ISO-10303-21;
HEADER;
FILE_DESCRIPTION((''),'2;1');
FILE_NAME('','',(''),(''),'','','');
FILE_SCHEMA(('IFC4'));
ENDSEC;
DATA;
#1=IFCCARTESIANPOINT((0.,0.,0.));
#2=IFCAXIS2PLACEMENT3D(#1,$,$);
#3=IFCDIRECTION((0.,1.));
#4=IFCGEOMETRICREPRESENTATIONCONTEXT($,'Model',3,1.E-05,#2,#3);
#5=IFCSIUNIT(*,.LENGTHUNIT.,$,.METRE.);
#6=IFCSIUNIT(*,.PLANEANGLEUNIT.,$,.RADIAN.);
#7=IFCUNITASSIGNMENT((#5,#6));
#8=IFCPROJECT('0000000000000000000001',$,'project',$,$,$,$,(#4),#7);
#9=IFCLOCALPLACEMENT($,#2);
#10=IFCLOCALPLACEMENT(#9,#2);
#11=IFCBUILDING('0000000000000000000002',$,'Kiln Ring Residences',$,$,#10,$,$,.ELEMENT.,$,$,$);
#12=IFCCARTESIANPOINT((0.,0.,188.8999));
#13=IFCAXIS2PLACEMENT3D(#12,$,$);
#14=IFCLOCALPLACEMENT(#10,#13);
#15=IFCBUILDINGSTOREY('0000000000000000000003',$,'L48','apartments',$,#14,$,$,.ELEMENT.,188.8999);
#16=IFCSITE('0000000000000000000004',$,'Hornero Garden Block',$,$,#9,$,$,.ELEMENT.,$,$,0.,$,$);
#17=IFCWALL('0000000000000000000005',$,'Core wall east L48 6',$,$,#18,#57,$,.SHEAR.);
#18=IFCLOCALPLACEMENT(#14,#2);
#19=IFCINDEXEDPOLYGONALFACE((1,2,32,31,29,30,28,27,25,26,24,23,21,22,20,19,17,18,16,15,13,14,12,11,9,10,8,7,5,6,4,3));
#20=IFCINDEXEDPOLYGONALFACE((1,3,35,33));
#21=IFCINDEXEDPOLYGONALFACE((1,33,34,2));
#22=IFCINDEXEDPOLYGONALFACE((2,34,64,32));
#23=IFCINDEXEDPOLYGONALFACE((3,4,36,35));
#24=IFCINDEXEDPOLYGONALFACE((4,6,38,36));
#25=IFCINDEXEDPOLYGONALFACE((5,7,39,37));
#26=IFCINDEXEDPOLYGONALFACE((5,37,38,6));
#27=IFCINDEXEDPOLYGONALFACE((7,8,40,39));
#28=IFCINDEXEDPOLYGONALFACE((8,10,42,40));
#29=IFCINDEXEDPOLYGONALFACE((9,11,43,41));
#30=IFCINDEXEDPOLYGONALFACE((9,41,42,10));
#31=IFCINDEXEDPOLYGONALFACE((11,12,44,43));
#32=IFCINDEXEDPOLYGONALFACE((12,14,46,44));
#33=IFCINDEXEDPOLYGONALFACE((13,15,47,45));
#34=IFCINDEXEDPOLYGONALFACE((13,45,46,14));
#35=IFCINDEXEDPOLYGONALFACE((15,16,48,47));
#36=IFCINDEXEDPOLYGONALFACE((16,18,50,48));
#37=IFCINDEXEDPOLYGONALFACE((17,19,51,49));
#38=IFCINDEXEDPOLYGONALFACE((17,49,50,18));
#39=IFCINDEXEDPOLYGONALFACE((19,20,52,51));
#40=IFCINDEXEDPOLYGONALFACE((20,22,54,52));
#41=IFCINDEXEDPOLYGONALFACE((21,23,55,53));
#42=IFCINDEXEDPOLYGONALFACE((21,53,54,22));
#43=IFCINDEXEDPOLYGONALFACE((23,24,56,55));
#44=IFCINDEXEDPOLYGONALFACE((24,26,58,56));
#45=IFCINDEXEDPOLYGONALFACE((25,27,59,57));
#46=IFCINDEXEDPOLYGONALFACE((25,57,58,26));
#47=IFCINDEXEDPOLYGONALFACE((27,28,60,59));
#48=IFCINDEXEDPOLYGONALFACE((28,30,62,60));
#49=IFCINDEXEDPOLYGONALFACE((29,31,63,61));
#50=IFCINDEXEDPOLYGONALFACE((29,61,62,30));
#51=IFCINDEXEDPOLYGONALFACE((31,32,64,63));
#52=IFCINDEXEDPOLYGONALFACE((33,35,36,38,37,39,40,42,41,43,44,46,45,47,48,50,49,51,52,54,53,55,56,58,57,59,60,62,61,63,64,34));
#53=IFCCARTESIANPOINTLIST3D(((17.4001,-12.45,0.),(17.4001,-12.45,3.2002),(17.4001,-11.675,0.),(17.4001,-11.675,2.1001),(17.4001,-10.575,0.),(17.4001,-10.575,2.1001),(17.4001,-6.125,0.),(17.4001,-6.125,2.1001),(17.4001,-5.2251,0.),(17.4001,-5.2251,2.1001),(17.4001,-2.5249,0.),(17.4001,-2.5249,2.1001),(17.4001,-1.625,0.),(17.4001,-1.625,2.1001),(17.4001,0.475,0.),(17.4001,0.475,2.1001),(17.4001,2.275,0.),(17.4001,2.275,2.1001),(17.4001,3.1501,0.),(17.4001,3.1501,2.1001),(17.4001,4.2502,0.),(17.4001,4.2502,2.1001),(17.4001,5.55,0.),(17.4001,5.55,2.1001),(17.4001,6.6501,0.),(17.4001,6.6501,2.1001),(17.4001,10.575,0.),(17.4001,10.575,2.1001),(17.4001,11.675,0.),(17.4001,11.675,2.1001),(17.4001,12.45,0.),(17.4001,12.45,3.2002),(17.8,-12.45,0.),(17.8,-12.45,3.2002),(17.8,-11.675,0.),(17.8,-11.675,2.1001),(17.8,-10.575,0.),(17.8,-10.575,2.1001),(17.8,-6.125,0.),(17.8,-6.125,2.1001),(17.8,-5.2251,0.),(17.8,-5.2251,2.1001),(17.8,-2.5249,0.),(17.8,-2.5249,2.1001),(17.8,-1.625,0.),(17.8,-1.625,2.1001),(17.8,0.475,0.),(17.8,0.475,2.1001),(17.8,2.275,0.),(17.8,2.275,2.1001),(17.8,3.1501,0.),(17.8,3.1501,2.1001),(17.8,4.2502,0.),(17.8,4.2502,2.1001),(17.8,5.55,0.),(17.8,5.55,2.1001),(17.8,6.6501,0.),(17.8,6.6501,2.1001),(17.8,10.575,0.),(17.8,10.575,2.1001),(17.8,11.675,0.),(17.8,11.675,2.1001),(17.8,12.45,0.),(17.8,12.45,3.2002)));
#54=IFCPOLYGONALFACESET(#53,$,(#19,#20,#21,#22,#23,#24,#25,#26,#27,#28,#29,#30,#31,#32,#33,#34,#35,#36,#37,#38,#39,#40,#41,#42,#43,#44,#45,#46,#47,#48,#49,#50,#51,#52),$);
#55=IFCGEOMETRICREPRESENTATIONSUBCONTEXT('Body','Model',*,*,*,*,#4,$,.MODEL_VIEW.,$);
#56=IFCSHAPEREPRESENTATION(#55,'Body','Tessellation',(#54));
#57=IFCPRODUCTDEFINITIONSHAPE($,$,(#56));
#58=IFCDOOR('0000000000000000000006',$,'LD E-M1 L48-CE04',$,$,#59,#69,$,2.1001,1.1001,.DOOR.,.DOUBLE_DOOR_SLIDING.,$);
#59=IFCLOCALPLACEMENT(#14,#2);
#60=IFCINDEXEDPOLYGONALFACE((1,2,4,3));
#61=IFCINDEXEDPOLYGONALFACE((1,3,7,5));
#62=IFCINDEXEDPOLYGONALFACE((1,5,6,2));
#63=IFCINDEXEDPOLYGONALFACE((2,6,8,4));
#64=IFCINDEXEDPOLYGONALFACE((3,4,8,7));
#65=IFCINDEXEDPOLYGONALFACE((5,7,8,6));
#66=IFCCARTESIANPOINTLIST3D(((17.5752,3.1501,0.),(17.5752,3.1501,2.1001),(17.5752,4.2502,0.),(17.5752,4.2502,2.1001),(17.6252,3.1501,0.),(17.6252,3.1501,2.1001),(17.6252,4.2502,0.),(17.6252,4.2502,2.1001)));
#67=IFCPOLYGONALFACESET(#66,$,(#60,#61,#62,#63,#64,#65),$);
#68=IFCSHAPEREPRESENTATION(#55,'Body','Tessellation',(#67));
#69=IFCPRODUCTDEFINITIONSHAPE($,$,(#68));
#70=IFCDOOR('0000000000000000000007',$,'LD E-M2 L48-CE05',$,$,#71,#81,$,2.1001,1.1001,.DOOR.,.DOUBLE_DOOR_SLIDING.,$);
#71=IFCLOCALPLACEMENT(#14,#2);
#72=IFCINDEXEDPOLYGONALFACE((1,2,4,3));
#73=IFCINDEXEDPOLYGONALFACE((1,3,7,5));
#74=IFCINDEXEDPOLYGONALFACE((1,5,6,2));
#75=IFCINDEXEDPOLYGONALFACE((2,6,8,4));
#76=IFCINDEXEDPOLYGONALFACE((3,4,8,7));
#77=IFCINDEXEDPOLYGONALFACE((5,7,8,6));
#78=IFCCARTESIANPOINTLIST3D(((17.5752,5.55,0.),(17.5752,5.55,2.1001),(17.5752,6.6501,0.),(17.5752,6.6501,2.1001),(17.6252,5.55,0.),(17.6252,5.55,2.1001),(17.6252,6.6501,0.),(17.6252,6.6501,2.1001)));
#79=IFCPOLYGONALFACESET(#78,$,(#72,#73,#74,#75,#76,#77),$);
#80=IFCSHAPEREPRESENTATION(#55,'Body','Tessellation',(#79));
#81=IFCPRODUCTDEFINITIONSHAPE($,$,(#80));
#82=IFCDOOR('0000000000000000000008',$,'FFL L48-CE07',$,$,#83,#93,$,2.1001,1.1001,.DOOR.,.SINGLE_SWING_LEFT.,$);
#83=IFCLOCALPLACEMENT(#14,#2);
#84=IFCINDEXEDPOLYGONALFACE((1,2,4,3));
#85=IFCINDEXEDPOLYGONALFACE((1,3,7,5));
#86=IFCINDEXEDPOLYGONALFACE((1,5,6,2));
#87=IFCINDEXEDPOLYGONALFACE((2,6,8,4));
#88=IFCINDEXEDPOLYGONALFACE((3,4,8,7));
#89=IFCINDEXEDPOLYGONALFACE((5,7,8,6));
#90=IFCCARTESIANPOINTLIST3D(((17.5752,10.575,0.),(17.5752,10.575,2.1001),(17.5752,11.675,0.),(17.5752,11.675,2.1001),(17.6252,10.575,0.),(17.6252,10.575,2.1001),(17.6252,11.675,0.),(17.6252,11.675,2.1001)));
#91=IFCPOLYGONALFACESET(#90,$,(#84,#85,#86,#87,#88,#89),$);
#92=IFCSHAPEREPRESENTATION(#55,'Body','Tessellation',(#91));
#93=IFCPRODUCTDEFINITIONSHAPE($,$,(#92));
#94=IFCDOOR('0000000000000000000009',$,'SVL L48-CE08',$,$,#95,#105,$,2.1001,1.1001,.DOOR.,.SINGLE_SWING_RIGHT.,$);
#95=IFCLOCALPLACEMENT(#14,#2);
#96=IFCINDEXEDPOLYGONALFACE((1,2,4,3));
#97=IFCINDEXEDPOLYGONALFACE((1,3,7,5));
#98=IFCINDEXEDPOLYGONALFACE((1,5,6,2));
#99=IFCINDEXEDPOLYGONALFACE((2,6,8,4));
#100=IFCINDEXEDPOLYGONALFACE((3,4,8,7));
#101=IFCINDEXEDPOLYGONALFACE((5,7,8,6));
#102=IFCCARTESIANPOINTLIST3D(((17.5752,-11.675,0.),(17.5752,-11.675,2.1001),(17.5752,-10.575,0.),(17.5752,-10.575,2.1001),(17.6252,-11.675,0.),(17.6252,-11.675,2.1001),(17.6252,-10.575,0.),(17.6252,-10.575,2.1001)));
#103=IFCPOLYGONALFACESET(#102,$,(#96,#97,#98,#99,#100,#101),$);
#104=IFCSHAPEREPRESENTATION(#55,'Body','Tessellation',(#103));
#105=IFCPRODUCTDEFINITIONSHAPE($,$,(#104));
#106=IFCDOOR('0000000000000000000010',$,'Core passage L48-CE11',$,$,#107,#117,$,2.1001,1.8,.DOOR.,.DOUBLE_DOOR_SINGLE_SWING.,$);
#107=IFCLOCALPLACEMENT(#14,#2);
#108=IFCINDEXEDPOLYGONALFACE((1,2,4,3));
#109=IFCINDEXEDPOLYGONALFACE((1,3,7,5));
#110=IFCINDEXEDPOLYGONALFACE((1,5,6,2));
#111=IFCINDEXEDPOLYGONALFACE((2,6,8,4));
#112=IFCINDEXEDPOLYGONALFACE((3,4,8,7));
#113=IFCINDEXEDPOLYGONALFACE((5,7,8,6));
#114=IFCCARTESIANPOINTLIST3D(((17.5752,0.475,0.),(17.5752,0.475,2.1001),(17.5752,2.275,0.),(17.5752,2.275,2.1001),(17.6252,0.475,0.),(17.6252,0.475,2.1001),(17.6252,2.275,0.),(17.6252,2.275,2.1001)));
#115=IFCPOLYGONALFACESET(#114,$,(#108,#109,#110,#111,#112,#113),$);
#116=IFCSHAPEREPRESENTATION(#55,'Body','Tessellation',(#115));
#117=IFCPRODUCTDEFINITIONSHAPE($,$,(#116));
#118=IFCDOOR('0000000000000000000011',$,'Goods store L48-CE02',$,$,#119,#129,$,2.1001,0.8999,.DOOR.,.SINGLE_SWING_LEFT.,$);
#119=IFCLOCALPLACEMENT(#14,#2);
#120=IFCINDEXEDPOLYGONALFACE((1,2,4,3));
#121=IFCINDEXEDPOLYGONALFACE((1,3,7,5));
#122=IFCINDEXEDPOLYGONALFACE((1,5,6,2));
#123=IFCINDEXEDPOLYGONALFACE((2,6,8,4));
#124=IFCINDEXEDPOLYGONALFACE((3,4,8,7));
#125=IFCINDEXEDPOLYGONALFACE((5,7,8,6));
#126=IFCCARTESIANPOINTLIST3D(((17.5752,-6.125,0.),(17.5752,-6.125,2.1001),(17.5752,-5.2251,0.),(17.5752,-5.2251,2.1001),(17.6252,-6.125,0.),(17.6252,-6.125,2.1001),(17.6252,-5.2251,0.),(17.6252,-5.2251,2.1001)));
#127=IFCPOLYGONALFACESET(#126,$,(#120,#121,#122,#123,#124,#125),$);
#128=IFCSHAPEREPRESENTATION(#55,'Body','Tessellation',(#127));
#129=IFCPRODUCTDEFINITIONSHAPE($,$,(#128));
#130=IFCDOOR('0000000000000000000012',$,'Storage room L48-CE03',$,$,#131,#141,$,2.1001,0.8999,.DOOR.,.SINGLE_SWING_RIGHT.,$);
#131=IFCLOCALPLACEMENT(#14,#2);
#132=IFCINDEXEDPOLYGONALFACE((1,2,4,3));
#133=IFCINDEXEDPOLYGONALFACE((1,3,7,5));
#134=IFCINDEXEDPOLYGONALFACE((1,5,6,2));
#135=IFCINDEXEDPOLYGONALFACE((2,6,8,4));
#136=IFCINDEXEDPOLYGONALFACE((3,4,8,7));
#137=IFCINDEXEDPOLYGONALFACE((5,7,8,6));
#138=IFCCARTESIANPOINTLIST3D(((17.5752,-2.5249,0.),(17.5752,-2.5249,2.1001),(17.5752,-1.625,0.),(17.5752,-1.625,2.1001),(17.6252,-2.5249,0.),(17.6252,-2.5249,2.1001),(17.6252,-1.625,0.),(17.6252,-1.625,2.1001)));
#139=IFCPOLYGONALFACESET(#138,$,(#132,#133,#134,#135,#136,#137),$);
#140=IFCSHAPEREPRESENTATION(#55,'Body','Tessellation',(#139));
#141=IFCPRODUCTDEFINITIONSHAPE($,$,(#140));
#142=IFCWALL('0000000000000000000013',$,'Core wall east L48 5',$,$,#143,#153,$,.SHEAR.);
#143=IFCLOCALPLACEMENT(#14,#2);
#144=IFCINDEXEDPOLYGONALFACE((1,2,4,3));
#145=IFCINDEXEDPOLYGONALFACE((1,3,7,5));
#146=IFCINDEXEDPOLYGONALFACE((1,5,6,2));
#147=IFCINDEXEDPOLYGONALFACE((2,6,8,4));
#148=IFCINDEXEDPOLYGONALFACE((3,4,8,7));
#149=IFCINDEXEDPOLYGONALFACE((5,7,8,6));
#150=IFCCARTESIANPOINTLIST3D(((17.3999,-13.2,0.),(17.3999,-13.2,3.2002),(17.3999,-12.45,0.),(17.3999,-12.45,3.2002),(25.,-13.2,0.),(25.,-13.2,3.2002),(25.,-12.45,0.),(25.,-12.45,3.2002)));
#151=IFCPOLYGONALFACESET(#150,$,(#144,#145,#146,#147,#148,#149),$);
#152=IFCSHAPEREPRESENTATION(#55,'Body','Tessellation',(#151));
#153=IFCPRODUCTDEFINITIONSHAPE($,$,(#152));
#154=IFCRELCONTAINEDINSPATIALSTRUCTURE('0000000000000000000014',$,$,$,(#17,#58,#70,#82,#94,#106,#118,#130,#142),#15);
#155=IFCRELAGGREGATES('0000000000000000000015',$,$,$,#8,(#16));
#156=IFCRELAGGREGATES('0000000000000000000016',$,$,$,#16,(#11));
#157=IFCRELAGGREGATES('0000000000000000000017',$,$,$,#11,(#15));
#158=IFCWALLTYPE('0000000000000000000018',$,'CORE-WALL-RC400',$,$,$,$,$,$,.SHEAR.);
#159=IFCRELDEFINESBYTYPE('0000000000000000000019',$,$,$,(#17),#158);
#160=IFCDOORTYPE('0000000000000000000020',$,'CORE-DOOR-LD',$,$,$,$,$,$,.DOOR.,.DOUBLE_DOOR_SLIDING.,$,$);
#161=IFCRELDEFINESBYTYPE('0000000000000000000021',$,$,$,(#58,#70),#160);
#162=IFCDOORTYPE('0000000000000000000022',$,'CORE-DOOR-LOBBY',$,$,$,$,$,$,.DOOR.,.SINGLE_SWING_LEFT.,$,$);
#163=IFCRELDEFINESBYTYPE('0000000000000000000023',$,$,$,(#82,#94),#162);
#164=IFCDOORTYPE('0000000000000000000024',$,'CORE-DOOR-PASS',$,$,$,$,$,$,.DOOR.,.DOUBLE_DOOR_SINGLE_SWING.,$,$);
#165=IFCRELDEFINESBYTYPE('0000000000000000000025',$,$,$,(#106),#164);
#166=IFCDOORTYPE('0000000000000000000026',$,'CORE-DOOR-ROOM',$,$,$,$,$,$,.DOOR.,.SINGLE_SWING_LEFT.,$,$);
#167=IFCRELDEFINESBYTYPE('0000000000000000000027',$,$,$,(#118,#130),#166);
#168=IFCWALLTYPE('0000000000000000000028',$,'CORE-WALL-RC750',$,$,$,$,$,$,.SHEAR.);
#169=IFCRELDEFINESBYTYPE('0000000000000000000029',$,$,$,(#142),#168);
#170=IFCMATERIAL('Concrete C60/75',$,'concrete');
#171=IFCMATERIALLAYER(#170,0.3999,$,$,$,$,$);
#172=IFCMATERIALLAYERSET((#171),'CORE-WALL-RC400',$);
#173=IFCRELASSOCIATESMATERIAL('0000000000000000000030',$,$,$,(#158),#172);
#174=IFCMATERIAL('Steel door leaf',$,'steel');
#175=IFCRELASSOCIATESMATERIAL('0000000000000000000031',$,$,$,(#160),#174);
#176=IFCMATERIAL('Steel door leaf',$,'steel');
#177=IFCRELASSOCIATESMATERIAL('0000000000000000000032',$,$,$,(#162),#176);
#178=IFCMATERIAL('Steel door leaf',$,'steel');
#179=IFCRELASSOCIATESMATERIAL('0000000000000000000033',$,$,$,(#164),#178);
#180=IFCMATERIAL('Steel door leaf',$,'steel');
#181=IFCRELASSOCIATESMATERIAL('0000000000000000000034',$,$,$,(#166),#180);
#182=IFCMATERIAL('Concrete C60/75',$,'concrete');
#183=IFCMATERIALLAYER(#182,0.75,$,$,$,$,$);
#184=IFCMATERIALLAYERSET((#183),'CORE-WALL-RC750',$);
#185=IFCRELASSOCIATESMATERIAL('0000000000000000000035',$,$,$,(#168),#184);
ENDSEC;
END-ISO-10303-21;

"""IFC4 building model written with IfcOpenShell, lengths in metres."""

from ifc_helpers import new_model, si_unit, direction, frame, frame_2d, origin, place, context, subcontext, project, spatial, rectangle, extrude, material, layer, layer_set, type_object, element, fill, save


model = new_model("IFC4")

# Units and contexts
model_context = context("Model", 3, precision=1e-05, world=origin(), true_north=direction((0.0, 1.0)))
body_context = subcontext(model_context, "Body", "Model", "MODEL_VIEW")
ifc_project = project(units=[si_unit("LENGTHUNIT", "METRE"), si_unit("PLANEANGLEUNIT", "RADIAN")], contexts=[model_context])

# Site, building, storey
site_placement = place(None, origin())
site = spatial("IfcSite", under=ifc_project, at=site_placement, Name="Hornero Garden Block", CompositionType="ELEMENT", RefElevation=0.0)
building_placement = place(site_placement, origin())
building = spatial("IfcBuilding", under=site, at=building_placement, Name="Kiln Ring Residences", CompositionType="ELEMENT")
storey_placement = place(building_placement, frame((0.0, 0.0, 188.8999)))
storey = spatial("IfcBuildingStorey", under=building, at=storey_placement, Name="L48", Description="apartments", CompositionType="ELEMENT", Elevation=188.8999)

# Wall, openings, doors
ifc_material_1 = material(Name="Concrete C60/75", Category="concrete")
ifc_layer_1 = layer(ifc_material_1, 0.3999)
ifc_layer_set_1 = layer_set([ifc_layer_1], Name="CORE-WALL-RC400")
wall_type_1 = type_object("IfcWallType", Name="CORE-WALL-RC400", PredefinedType="SHEAR", material=ifc_layer_set_1)
wall_1_placement = place(storey_placement, frame((17.6001, -12.45, 0.0), z_axis=(0.0, 0.0, 1.0), x_axis=(0.0, 1.0, 0.0)))
wall_1 = element("IfcWall", 1, at=wall_1_placement, inside=storey, type_object=wall_type_1, Name="Core wall east L48 6", PredefinedType="SHEAR", context=body_context, shape_type="SweptSolid", body=[
    extrude(rectangle(XDim=24.8999, YDim=0.3999, at=frame_2d((12.45, 0.0))), origin(), (0.0, 0.0, 1.0), 3.2002),
])
opening_1_placement = place(wall_1_placement, frame((6.325, 0.0, 0.0)))
opening_1 = element("IfcOpeningElement", 2, at=opening_1_placement, cuts=wall_1, PredefinedType="OPENING", context=body_context, shape_type="SweptSolid", body=[
    extrude(rectangle(XDim=0.8999, YDim=2.1001, at=frame_2d((0.45, 1.05))), frame((0.0, 0.21, 0.0), z_axis=(0.0, -1.0, 0.0), x_axis=(1.0, 0.0, 0.0)), (0.0, 0.0, 1.0), 0.4199),
])
opening_2_placement = place(wall_1_placement, frame((9.925, 0.0, 0.0)))
opening_2 = element("IfcOpeningElement", 3, at=opening_2_placement, cuts=wall_1, PredefinedType="OPENING", context=body_context, shape_type="SweptSolid", body=[
    extrude(rectangle(XDim=0.8999, YDim=2.1001, at=frame_2d((0.45, 1.05))), frame((0.0, 0.21, 0.0), z_axis=(0.0, -1.0, 0.0), x_axis=(1.0, 0.0, 0.0)), (0.0, 0.0, 1.0), 0.4199),
])
opening_3_placement = place(wall_1_placement, frame((15.6001, 0.0, 0.0)))
opening_3 = element("IfcOpeningElement", 4, at=opening_3_placement, cuts=wall_1, PredefinedType="OPENING", context=body_context, shape_type="SweptSolid", body=[
    extrude(rectangle(XDim=1.1001, YDim=2.1001, at=frame_2d((0.55, 1.05))), frame((0.0, 0.21, 0.0), z_axis=(0.0, -1.0, 0.0), x_axis=(1.0, 0.0, 0.0)), (0.0, 0.0, 1.0), 0.4199),
])
opening_4_placement = place(wall_1_placement, frame((18.0, 0.0, 0.0)))
opening_4 = element("IfcOpeningElement", 5, at=opening_4_placement, cuts=wall_1, PredefinedType="OPENING", context=body_context, shape_type="SweptSolid", body=[
    extrude(rectangle(XDim=1.1001, YDim=2.1001, at=frame_2d((0.55, 1.05))), frame((0.0, 0.21, 0.0), z_axis=(0.0, -1.0, 0.0), x_axis=(1.0, 0.0, 0.0)), (0.0, 0.0, 1.0), 0.4199),
])
opening_5_placement = place(wall_1_placement, frame((23.0249, 0.0, 0.0)))
opening_5 = element("IfcOpeningElement", 6, at=opening_5_placement, cuts=wall_1, PredefinedType="OPENING", context=body_context, shape_type="SweptSolid", body=[
    extrude(rectangle(XDim=1.1001, YDim=2.1001, at=frame_2d((0.55, 1.05))), frame((0.0, 0.21, 0.0), z_axis=(0.0, -1.0, 0.0), x_axis=(1.0, 0.0, 0.0)), (0.0, 0.0, 1.0), 0.4199),
])
opening_6_placement = place(wall_1_placement, frame((0.7749, 0.0, 0.0)))
opening_6 = element("IfcOpeningElement", 7, at=opening_6_placement, cuts=wall_1, PredefinedType="OPENING", context=body_context, shape_type="SweptSolid", body=[
    extrude(rectangle(XDim=1.1001, YDim=2.1001, at=frame_2d((0.55, 1.05))), frame((0.0, 0.21, 0.0), z_axis=(0.0, -1.0, 0.0), x_axis=(1.0, 0.0, 0.0)), (0.0, 0.0, 1.0), 0.4199),
])
opening_7_placement = place(wall_1_placement, frame((12.925, 0.0, 0.0)))
opening_7 = element("IfcOpeningElement", 8, at=opening_7_placement, cuts=wall_1, PredefinedType="OPENING", context=body_context, shape_type="SweptSolid", body=[
    extrude(rectangle(XDim=1.8, YDim=2.1001, at=frame_2d((0.8999, 1.05))), frame((0.0, 0.21, 0.0), z_axis=(0.0, -1.0, 0.0), x_axis=(1.0, 0.0, 0.0)), (0.0, 0.0, 1.0), 0.4199),
])
ifc_material_2 = material(Name="Steel door leaf", Category="steel")
door_type_1 = type_object("IfcDoorType", Name="CORE-DOOR-LD", OperationType="DOUBLE_DOOR_SLIDING", PredefinedType="DOOR", material=ifc_material_2)
door_1_placement = place(opening_3_placement, origin())
door_1 = element("IfcDoor", 9, at=door_1_placement, inside=storey, type_object=door_type_1, Name="LD E-M1 L48-CE04", OperationType="DOUBLE_DOOR_SLIDING", OverallHeight=2.1001, OverallWidth=1.1001, PredefinedType="DOOR", context=body_context, shape_type="SweptSolid", body=[
    extrude(rectangle(XDim=1.1001, YDim=2.1001, at=frame_2d((0.55, 1.05))), frame((0.0, 0.0249, 0.0), z_axis=(0.0, -1.0, 0.0), x_axis=(1.0, 0.0, 0.0)), (0.0, 0.0, 1.0), 0.05),
])
fill(opening_3, door_1)
door_2_placement = place(opening_4_placement, origin())
door_2 = element("IfcDoor", 10, at=door_2_placement, inside=storey, type_object=door_type_1, Name="LD E-M2 L48-CE05", OperationType="DOUBLE_DOOR_SLIDING", OverallHeight=2.1001, OverallWidth=1.1001, PredefinedType="DOOR", context=body_context, shape_type="SweptSolid", body=[
    extrude(rectangle(XDim=1.1001, YDim=2.1001, at=frame_2d((0.55, 1.05))), frame((0.0, 0.0249, 0.0), z_axis=(0.0, -1.0, 0.0), x_axis=(1.0, 0.0, 0.0)), (0.0, 0.0, 1.0), 0.05),
])
fill(opening_4, door_2)
ifc_material_3 = material(Name="Steel door leaf", Category="steel")
door_type_2 = type_object("IfcDoorType", Name="CORE-DOOR-LOBBY", OperationType="SINGLE_SWING_LEFT", PredefinedType="DOOR", material=ifc_material_3)
door_3_placement = place(opening_5_placement, origin())
door_3 = element("IfcDoor", 11, at=door_3_placement, inside=storey, type_object=door_type_2, Name="FFL L48-CE07", OperationType="SINGLE_SWING_LEFT", OverallHeight=2.1001, OverallWidth=1.1001, PredefinedType="DOOR", context=body_context, shape_type="SweptSolid", body=[
    extrude(rectangle(XDim=1.1001, YDim=2.1001, at=frame_2d((0.55, 1.05))), frame((0.0, 0.0249, 0.0), z_axis=(0.0, -1.0, 0.0), x_axis=(1.0, 0.0, 0.0)), (0.0, 0.0, 1.0), 0.05),
])
fill(opening_5, door_3)
door_4_placement = place(opening_6_placement, origin())
door_4 = element("IfcDoor", 12, at=door_4_placement, inside=storey, type_object=door_type_2, Name="SVL L48-CE08", OperationType="SINGLE_SWING_RIGHT", OverallHeight=2.1001, OverallWidth=1.1001, PredefinedType="DOOR", context=body_context, shape_type="SweptSolid", body=[
    extrude(rectangle(XDim=1.1001, YDim=2.1001, at=frame_2d((0.55, 1.05))), frame((0.0, 0.0249, 0.0), z_axis=(0.0, -1.0, 0.0), x_axis=(1.0, 0.0, 0.0)), (0.0, 0.0, 1.0), 0.05),
])
fill(opening_6, door_4)
ifc_material_4 = material(Name="Steel door leaf", Category="steel")
door_type_3 = type_object("IfcDoorType", Name="CORE-DOOR-PASS", OperationType="DOUBLE_DOOR_SINGLE_SWING", PredefinedType="DOOR", material=ifc_material_4)
door_5_placement = place(opening_7_placement, origin())
door_5 = element("IfcDoor", 13, at=door_5_placement, inside=storey, type_object=door_type_3, Name="Core passage L48-CE11", OperationType="DOUBLE_DOOR_SINGLE_SWING", OverallHeight=2.1001, OverallWidth=1.8, PredefinedType="DOOR", context=body_context, shape_type="SweptSolid", body=[
    extrude(rectangle(XDim=1.8, YDim=2.1001, at=frame_2d((0.8999, 1.05))), frame((0.0, 0.0249, 0.0), z_axis=(0.0, -1.0, 0.0), x_axis=(1.0, 0.0, 0.0)), (0.0, 0.0, 1.0), 0.05),
])
fill(opening_7, door_5)
ifc_material_5 = material(Name="Steel door leaf", Category="steel")
door_type_4 = type_object("IfcDoorType", Name="CORE-DOOR-ROOM", OperationType="SINGLE_SWING_LEFT", PredefinedType="DOOR", material=ifc_material_5)
door_6_placement = place(opening_1_placement, origin())
door_6 = element("IfcDoor", 14, at=door_6_placement, inside=storey, type_object=door_type_4, Name="Goods store L48-CE02", OperationType="SINGLE_SWING_LEFT", OverallHeight=2.1001, OverallWidth=0.8999, PredefinedType="DOOR", context=body_context, shape_type="SweptSolid", body=[
    extrude(rectangle(XDim=0.8999, YDim=2.1001, at=frame_2d((0.45, 1.05))), frame((0.0, 0.0249, 0.0), z_axis=(0.0, -1.0, 0.0), x_axis=(1.0, 0.0, 0.0)), (0.0, 0.0, 1.0), 0.05),
])
fill(opening_1, door_6)
door_7_placement = place(opening_2_placement, origin())
door_7 = element("IfcDoor", 15, at=door_7_placement, inside=storey, type_object=door_type_4, Name="Storage room L48-CE03", OperationType="SINGLE_SWING_RIGHT", OverallHeight=2.1001, OverallWidth=0.8999, PredefinedType="DOOR", context=body_context, shape_type="SweptSolid", body=[
    extrude(rectangle(XDim=0.8999, YDim=2.1001, at=frame_2d((0.45, 1.05))), frame((0.0, 0.0249, 0.0), z_axis=(0.0, -1.0, 0.0), x_axis=(1.0, 0.0, 0.0)), (0.0, 0.0, 1.0), 0.05),
])
fill(opening_2, door_7)

# Wall
ifc_material_6 = material(Name="Concrete C60/75", Category="concrete")
ifc_layer_2 = layer(ifc_material_6, 0.75)
ifc_layer_set_2 = layer_set([ifc_layer_2], Name="CORE-WALL-RC750")
wall_type_2 = type_object("IfcWallType", Name="CORE-WALL-RC750", PredefinedType="SHEAR", material=ifc_layer_set_2)
wall_2_placement = place(storey_placement, frame((17.3999, -12.825, 0.0), z_axis=(0.0, 0.0, 1.0), x_axis=(1.0, 0.0, 0.0)))
element("IfcWall", 16, at=wall_2_placement, inside=storey, type_object=wall_type_2, Name="Core wall east L48 5", PredefinedType="SHEAR", context=body_context, shape_type="SweptSolid", body=[
    extrude(rectangle(XDim=7.6001, YDim=0.75, at=frame_2d((3.8, 0.0))), origin(), (0.0, 0.0, 1.0), 3.2002),
])

save(model, "model.ifc")
